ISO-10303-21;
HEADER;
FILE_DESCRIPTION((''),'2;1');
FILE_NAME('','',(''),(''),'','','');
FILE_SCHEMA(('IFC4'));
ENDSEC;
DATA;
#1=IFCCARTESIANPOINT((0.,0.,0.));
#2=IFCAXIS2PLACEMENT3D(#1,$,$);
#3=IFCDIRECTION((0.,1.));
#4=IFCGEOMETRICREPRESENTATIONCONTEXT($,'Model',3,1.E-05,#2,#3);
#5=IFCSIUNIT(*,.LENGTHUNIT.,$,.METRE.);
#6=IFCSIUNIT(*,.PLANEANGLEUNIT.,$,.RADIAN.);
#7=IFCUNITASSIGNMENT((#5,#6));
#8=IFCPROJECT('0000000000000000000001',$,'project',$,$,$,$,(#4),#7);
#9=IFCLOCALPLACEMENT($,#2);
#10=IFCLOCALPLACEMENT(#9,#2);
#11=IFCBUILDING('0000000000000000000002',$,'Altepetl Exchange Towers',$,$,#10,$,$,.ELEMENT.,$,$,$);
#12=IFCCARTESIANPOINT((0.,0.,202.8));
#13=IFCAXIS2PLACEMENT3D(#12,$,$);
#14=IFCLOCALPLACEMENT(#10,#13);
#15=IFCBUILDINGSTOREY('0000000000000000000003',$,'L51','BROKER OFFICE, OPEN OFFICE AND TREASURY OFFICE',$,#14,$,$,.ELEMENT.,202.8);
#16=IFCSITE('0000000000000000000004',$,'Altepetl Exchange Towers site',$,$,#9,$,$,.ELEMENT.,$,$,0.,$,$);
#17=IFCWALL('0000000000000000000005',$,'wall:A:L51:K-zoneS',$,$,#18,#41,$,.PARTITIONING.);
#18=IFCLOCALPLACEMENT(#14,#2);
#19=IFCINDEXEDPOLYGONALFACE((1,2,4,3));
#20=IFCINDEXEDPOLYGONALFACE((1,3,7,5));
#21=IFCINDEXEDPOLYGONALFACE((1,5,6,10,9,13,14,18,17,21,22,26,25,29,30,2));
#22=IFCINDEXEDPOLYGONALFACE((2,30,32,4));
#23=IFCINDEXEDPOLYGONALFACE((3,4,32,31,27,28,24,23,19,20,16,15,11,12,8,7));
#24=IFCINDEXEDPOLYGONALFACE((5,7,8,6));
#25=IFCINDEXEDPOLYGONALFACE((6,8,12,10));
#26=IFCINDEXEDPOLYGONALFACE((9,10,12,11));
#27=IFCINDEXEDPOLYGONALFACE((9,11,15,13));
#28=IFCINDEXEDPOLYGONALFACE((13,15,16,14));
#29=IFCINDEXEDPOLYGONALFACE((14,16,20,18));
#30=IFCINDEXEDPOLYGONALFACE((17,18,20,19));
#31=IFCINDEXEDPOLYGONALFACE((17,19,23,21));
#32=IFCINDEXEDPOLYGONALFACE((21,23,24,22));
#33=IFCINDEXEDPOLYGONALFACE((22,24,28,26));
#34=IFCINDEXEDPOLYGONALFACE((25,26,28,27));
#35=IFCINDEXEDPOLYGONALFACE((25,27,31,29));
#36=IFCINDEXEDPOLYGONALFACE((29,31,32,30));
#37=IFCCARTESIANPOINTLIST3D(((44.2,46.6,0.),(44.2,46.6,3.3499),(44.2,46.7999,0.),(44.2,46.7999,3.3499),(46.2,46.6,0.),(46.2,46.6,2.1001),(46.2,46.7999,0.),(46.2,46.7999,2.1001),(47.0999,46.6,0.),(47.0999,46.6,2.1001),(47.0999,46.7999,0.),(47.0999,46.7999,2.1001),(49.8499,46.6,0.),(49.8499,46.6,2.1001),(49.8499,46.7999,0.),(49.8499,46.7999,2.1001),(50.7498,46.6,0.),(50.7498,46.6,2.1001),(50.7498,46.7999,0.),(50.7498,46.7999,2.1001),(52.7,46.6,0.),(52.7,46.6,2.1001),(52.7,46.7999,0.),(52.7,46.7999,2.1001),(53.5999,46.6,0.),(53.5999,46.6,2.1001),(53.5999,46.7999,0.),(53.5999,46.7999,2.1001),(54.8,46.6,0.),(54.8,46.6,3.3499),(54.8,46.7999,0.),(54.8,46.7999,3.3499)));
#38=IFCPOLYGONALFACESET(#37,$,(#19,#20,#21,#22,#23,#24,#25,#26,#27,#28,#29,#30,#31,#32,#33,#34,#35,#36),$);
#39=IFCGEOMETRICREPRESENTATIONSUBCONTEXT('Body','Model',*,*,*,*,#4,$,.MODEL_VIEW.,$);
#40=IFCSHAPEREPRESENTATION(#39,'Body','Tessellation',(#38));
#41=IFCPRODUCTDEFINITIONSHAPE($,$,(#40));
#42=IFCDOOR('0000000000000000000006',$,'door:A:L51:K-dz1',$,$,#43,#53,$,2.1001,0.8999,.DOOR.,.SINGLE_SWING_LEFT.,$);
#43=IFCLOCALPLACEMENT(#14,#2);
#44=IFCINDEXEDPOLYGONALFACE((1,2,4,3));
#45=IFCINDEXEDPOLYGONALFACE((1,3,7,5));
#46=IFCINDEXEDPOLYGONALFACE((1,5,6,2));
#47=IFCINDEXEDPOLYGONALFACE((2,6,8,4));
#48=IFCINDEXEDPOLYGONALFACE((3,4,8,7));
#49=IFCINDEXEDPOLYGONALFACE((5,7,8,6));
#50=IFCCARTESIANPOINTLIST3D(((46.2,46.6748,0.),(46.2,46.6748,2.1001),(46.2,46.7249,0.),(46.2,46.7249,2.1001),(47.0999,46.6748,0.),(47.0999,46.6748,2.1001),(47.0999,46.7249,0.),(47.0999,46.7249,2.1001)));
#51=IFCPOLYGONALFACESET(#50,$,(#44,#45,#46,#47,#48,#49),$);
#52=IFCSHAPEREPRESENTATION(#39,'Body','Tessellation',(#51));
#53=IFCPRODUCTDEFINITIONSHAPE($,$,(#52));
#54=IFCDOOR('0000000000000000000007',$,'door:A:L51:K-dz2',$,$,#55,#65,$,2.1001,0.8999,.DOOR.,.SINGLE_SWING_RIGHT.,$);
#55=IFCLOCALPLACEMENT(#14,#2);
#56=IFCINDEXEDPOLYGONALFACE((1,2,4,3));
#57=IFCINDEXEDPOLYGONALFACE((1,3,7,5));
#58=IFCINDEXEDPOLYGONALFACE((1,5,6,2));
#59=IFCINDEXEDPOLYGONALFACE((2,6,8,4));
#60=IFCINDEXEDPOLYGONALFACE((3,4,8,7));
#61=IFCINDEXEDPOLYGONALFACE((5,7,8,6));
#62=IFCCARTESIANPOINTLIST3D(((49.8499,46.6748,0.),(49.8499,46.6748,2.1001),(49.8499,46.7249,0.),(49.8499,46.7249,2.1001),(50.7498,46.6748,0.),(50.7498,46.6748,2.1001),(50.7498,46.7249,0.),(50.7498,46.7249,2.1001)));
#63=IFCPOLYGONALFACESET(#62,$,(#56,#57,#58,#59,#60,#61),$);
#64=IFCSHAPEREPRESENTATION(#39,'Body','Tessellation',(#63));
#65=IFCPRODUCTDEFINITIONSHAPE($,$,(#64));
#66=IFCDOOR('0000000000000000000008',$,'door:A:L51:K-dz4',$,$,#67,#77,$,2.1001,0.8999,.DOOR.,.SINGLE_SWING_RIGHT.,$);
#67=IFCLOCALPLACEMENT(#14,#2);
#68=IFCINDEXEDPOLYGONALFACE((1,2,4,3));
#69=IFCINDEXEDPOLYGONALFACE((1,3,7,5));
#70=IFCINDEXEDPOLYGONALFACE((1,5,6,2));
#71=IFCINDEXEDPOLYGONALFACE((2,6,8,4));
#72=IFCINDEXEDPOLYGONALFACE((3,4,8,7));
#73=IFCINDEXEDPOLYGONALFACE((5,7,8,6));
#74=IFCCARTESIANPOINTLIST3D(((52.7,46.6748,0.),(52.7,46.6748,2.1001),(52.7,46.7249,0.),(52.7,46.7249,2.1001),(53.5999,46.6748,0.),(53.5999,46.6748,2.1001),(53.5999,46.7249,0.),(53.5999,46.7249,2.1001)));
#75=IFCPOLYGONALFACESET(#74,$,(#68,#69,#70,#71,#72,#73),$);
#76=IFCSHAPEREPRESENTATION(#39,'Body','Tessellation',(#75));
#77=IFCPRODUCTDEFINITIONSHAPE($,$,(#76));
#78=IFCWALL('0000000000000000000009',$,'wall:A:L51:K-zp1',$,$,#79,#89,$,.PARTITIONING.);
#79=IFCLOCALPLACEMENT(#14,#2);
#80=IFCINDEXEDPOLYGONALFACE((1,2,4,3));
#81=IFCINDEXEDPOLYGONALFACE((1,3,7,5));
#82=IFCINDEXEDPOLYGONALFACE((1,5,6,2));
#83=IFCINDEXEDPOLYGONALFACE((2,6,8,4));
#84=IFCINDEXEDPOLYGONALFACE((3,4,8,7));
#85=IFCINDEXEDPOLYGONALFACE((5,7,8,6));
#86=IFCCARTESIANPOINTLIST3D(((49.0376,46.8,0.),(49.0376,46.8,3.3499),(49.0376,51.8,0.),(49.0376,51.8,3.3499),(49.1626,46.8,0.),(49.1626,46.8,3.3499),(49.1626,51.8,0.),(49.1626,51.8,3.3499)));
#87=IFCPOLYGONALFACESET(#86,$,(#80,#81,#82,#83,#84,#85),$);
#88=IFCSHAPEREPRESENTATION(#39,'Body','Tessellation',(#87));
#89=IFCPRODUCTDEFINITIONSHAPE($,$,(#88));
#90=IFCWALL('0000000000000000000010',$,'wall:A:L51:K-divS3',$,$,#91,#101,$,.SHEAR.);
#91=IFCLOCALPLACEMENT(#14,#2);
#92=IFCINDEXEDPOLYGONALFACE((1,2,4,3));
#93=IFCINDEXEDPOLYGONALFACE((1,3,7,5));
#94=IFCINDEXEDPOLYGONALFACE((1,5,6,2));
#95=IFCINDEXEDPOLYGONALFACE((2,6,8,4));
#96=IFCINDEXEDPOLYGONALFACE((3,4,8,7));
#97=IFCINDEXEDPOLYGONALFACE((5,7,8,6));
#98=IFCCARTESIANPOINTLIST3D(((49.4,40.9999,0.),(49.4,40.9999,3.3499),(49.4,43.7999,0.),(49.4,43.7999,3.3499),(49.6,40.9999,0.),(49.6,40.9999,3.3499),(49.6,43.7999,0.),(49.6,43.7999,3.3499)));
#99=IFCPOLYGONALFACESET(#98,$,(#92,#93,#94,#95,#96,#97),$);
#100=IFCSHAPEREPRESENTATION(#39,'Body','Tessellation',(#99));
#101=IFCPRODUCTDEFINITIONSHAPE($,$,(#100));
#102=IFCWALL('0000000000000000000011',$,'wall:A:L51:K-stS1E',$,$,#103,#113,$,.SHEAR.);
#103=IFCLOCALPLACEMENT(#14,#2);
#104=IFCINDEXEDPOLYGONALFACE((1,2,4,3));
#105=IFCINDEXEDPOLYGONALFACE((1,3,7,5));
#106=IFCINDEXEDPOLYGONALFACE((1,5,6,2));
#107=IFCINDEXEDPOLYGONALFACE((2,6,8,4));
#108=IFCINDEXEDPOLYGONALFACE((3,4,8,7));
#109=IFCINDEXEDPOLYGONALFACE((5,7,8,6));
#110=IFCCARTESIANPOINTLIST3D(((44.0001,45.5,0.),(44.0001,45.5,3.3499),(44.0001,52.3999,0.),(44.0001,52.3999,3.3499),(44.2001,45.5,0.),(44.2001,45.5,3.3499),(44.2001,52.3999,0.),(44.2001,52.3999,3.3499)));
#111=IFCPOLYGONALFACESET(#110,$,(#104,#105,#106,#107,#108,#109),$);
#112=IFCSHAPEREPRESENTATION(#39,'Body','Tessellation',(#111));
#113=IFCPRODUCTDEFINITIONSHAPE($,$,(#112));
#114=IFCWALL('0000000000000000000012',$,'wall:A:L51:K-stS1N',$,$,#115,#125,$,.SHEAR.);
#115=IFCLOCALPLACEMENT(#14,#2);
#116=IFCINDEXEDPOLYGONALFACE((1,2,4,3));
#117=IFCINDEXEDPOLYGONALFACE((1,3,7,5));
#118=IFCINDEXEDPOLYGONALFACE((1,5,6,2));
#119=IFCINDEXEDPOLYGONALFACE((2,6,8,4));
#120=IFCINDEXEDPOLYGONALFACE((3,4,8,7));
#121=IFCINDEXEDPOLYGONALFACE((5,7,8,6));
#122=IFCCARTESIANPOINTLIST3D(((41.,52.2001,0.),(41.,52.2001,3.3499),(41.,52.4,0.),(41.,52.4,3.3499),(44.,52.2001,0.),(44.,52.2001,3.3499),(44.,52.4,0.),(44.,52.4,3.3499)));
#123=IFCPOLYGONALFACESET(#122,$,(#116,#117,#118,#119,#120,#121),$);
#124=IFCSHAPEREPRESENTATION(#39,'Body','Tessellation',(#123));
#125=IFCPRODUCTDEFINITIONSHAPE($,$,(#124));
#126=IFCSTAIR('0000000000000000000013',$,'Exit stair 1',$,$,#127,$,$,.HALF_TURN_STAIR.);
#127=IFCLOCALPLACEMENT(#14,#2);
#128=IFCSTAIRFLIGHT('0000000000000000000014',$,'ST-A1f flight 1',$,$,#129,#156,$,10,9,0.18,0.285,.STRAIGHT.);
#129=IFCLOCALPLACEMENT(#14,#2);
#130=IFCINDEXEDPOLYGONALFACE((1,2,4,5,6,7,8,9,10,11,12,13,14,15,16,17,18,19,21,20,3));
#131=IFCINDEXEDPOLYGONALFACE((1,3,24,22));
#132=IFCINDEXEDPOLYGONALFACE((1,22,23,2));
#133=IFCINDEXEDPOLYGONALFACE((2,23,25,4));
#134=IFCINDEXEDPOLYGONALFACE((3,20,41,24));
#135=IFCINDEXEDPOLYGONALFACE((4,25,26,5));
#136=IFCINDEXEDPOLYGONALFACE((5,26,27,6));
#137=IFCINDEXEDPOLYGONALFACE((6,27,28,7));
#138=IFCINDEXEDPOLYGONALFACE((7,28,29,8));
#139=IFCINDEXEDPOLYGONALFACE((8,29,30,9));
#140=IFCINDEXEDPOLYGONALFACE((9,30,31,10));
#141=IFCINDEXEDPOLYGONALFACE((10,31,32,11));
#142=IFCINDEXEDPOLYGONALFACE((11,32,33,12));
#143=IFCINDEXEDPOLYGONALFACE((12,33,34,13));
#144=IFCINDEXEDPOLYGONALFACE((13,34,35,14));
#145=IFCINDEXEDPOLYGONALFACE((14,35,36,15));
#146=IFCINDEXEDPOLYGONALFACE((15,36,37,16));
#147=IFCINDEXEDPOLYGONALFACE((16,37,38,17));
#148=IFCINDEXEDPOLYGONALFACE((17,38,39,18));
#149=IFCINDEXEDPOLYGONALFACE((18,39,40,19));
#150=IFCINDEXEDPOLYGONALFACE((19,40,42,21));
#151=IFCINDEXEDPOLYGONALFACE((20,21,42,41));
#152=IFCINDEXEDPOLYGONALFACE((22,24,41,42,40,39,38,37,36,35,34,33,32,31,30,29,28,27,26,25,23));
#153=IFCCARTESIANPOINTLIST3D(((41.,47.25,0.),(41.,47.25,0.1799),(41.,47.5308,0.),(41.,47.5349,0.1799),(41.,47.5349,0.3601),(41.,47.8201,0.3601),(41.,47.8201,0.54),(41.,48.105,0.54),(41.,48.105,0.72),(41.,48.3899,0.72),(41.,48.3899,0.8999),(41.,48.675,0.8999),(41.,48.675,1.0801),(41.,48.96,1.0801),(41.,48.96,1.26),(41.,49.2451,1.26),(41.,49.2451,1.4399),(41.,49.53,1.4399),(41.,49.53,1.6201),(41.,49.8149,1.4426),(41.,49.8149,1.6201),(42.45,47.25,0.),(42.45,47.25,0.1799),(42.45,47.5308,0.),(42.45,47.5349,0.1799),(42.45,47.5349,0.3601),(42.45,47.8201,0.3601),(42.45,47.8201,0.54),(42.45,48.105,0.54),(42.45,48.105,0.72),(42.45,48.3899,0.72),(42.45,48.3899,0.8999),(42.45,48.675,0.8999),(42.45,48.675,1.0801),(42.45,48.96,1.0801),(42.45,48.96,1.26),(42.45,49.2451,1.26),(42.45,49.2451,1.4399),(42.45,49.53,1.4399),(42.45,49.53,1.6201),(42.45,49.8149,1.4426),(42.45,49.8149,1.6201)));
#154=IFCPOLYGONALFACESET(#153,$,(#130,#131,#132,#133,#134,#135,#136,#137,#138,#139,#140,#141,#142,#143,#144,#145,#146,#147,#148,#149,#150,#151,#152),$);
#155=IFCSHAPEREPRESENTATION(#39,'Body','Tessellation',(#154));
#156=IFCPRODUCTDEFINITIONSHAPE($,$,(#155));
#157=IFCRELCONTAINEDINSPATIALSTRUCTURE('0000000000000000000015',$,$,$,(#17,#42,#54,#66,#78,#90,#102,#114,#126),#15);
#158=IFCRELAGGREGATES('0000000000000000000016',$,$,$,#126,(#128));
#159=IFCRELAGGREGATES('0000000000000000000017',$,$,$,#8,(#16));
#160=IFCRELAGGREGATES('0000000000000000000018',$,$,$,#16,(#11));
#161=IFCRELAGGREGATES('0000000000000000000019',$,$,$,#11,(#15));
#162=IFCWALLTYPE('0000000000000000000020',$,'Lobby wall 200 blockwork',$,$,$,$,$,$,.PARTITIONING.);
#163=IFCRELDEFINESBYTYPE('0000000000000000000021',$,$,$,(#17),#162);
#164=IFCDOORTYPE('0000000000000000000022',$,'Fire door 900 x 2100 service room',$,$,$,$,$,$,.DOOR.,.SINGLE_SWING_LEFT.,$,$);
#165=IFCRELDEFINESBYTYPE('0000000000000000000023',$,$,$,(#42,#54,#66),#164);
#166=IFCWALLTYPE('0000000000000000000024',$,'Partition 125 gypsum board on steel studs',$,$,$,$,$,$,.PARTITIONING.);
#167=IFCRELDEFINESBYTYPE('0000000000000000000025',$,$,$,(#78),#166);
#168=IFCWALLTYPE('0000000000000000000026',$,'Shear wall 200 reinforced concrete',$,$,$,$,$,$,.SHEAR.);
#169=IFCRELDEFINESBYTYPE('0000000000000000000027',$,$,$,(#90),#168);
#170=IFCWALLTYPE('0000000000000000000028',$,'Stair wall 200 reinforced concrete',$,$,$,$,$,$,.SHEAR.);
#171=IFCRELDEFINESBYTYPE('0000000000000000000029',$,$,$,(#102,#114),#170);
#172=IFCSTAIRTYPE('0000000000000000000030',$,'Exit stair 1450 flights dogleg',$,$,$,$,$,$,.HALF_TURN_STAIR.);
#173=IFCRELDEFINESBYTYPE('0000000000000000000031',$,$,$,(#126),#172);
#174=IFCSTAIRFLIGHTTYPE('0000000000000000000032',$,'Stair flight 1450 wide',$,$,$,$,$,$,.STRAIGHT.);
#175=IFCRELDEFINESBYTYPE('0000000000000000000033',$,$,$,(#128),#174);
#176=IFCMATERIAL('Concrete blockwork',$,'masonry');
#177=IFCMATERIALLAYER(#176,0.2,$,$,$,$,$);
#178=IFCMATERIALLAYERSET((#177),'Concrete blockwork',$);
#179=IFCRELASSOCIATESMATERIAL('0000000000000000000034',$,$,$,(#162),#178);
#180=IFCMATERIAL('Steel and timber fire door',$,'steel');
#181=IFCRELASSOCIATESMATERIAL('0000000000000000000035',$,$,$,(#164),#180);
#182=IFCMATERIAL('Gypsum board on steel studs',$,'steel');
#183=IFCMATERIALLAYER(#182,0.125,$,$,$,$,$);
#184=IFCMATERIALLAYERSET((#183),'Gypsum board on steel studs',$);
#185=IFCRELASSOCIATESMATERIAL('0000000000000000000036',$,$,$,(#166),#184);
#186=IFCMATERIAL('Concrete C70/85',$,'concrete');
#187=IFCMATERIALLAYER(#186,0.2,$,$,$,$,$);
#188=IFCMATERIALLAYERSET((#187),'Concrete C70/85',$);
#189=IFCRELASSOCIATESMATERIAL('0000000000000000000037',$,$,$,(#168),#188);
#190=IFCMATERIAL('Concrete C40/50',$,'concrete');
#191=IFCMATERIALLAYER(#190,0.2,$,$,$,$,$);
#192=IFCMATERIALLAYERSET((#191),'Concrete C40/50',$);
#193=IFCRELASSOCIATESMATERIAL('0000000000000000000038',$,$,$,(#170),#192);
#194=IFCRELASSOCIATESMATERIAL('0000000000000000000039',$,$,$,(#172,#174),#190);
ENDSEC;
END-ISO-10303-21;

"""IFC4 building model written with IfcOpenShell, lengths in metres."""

from ifc_helpers import new_model, si_unit, direction, frame, frame_2d, origin, place, context, subcontext, project, spatial, polyline, rectangle, outline, extrude, material, layer, layer_set, type_object, element, fill, aggregate, save


model = new_model("IFC4")

# Units and contexts
model_context = context("Model", 3, precision=1e-05, world=origin(), true_north=direction((0.0, 1.0)))
body_context = subcontext(model_context, "Body", "Model", "MODEL_VIEW")
ifc_project = project(units=[si_unit("LENGTHUNIT", "METRE"), si_unit("PLANEANGLEUNIT", "RADIAN")], contexts=[model_context])

# Site, building, storey
site_placement = place(None, origin())
site = spatial("IfcSite", under=ifc_project, at=site_placement, Name="Altepetl Exchange Towers site", CompositionType="ELEMENT", RefElevation=0.0)
building_placement = place(site_placement, origin())
building = spatial("IfcBuilding", under=site, at=building_placement, Name="Altepetl Exchange Towers", CompositionType="ELEMENT")
storey_placement = place(building_placement, frame((0.0, 0.0, 202.8)))
storey = spatial("IfcBuildingStorey", under=building, at=storey_placement, Name="L51", Description="BROKER OFFICE, OPEN OFFICE AND TREASURY OFFICE", CompositionType="ELEMENT", Elevation=202.8)

# Shared definitions
ifc_material_1 = material(Name="Concrete blockwork", Category="masonry")
ifc_layer_1 = layer(ifc_material_1, 0.2)
ifc_layer_set_1 = layer_set([ifc_layer_1], Name="Concrete blockwork")
wall_type_1 = type_object("IfcWallType", Name="Lobby wall 200 blockwork", PredefinedType="PARTITIONING", material=ifc_layer_set_1)

# Shared definitions
ifc_material_2 = material(Name="Steel and timber fire door", Category="steel")
door_type_1 = type_object("IfcDoorType", Name="Fire door 900 x 2100 service room", OperationType="SINGLE_SWING_LEFT", PredefinedType="DOOR", material=ifc_material_2)

# Wall, openings, doors
wall_1_placement = place(storey_placement, frame((44.2, 46.7, 0.0)))
wall_1 = element("IfcWall", 1, at=wall_1_placement, inside=storey, type_object=wall_type_1, Name="wall:A:L51:K-zoneS", PredefinedType="PARTITIONING", context=body_context, shape_type="SweptSolid", body=[
    extrude(rectangle(XDim=10.6001, YDim=0.2, at=frame_2d((5.3, 0.0))), origin(), (0.0, 0.0, 1.0), 3.3499),
])
opening_1_placement = place(wall_1_placement, frame((2.0, 0.0, 0.0)))
opening_1 = element("IfcOpeningElement", 2, at=opening_1_placement, cuts=wall_1, PredefinedType="OPENING", context=body_context, shape_type="SweptSolid", body=[
    extrude(rectangle(XDim=0.8999, YDim=2.1001, at=frame_2d((0.45, 1.05))), frame((0.0, 0.1099, 0.0), z_axis=(0.0, -1.0, 0.0), x_axis=(1.0, 0.0, 0.0)), (0.0, 0.0, 1.0), 0.22),
])
opening_2_placement = place(wall_1_placement, frame((5.6499, 0.0, 0.0)))
opening_2 = element("IfcOpeningElement", 3, at=opening_2_placement, cuts=wall_1, PredefinedType="OPENING", context=body_context, shape_type="SweptSolid", body=[
    extrude(rectangle(XDim=0.8999, YDim=2.1001, at=frame_2d((0.45, 1.05))), frame((0.0, 0.1099, 0.0), z_axis=(0.0, -1.0, 0.0), x_axis=(1.0, 0.0, 0.0)), (0.0, 0.0, 1.0), 0.22),
])
opening_3_placement = place(wall_1_placement, frame((8.5, 0.0, 0.0)))
opening_3 = element("IfcOpeningElement", 4, at=opening_3_placement, cuts=wall_1, PredefinedType="OPENING", context=body_context, shape_type="SweptSolid", body=[
    extrude(rectangle(XDim=0.8999, YDim=2.1001, at=frame_2d((0.45, 1.05))), frame((0.0, 0.1099, 0.0), z_axis=(0.0, -1.0, 0.0), x_axis=(1.0, 0.0, 0.0)), (0.0, 0.0, 1.0), 0.22),
])
door_1_placement = place(opening_1_placement, origin())
door_1 = element("IfcDoor", 5, at=door_1_placement, inside=storey, type_object=door_type_1, Name="door:A:L51:K-dz1", OperationType="SINGLE_SWING_LEFT", OverallHeight=2.1001, OverallWidth=0.8999, PredefinedType="DOOR", context=body_context, shape_type="SweptSolid", body=[
    extrude(rectangle(XDim=0.8999, YDim=2.1001, at=frame_2d((0.45, 1.05))), frame((0.0, 0.0249, 0.0), z_axis=(0.0, -1.0, 0.0), x_axis=(1.0, 0.0, 0.0)), (0.0, 0.0, 1.0), 0.05),
])
fill(opening_1, door_1)
door_2_placement = place(opening_2_placement, origin())
door_2 = element("IfcDoor", 6, at=door_2_placement, inside=storey, type_object=door_type_1, Name="door:A:L51:K-dz2", OperationType="SINGLE_SWING_RIGHT", OverallHeight=2.1001, OverallWidth=0.8999, PredefinedType="DOOR", context=body_context, shape_type="SweptSolid", body=[
    extrude(rectangle(XDim=0.8999, YDim=2.1001, at=frame_2d((0.45, 1.05))), frame((0.0, 0.0249, 0.0), z_axis=(0.0, -1.0, 0.0), x_axis=(1.0, 0.0, 0.0)), (0.0, 0.0, 1.0), 0.05),
])
fill(opening_2, door_2)
door_3_placement = place(opening_3_placement, origin())
door_3 = element("IfcDoor", 7, at=door_3_placement, inside=storey, type_object=door_type_1, Name="door:A:L51:K-dz4", OperationType="SINGLE_SWING_RIGHT", OverallHeight=2.1001, OverallWidth=0.8999, PredefinedType="DOOR", context=body_context, shape_type="SweptSolid", body=[
    extrude(rectangle(XDim=0.8999, YDim=2.1001, at=frame_2d((0.45, 1.05))), frame((0.0, 0.0249, 0.0), z_axis=(0.0, -1.0, 0.0), x_axis=(1.0, 0.0, 0.0)), (0.0, 0.0, 1.0), 0.05),
])
fill(opening_3, door_3)

# Walls
ifc_material_3 = material(Name="Gypsum board on steel studs", Category="steel")
ifc_layer_2 = layer(ifc_material_3, 0.125)
ifc_layer_set_2 = layer_set([ifc_layer_2], Name="Gypsum board on steel studs")
wall_type_2 = type_object("IfcWallType", Name="Partition 125 gypsum board on steel studs", PredefinedType="PARTITIONING", material=ifc_layer_set_2)
wall_2_placement = place(storey_placement, frame((49.1001, 46.8, 0.0), z_axis=(0.0, 0.0, 1.0), x_axis=(0.0, 1.0, 0.0)))
element("IfcWall", 8, at=wall_2_placement, inside=storey, type_object=wall_type_2, Name="wall:A:L51:K-zp1", PredefinedType="PARTITIONING", context=body_context, shape_type="SweptSolid", body=[
    extrude(rectangle(XDim=5.0, YDim=0.125, at=frame_2d((2.5, 0.0))), origin(), (0.0, 0.0, 1.0), 3.3499),
])
ifc_material_4 = material(Name="Concrete C70/85", Category="concrete")
ifc_layer_3 = layer(ifc_material_4, 0.2)
ifc_layer_set_3 = layer_set([ifc_layer_3], Name="Concrete C70/85")
wall_type_3 = type_object("IfcWallType", Name="Shear wall 200 reinforced concrete", PredefinedType="SHEAR", material=ifc_layer_set_3)
wall_3_placement = place(storey_placement, frame((49.5, 41.0, 0.0), z_axis=(0.0, 0.0, 1.0), x_axis=(0.0, 1.0, 0.0)))
element("IfcWall", 9, at=wall_3_placement, inside=storey, type_object=wall_type_3, Name="wall:A:L51:K-divS3", PredefinedType="SHEAR", context=body_context, shape_type="SweptSolid", body=[
    extrude(rectangle(XDim=2.8, YDim=0.2, at=frame_2d((1.3999, 0.0))), origin(), (0.0, 0.0, 1.0), 3.3499),
])
ifc_material_5 = material(Name="Concrete C40/50", Category="concrete")
ifc_layer_4 = layer(ifc_material_5, 0.2)
ifc_layer_set_4 = layer_set([ifc_layer_4], Name="Concrete C40/50")
wall_type_4 = type_object("IfcWallType", Name="Stair wall 200 reinforced concrete", PredefinedType="SHEAR", material=ifc_layer_set_4)
wall_4_placement = place(storey_placement, frame((44.1001, 45.5, 0.0), z_axis=(0.0, 0.0, 1.0), x_axis=(0.0, 1.0, 0.0)))
element("IfcWall", 10, at=wall_4_placement, inside=storey, type_object=wall_type_4, Name="wall:A:L51:K-stS1E", PredefinedType="SHEAR", context=body_context, shape_type="SweptSolid", body=[
    extrude(rectangle(XDim=6.8999, YDim=0.2, at=frame_2d((3.45, 0.0))), origin(), (0.0, 0.0, 1.0), 3.3499),
])
wall_5_placement = place(storey_placement, frame((41.0, 52.3, 0.0)))
element("IfcWall", 11, at=wall_5_placement, inside=storey, type_object=wall_type_4, Name="wall:A:L51:K-stS1N", PredefinedType="SHEAR", context=body_context, shape_type="SweptSolid", body=[
    extrude(rectangle(XDim=3.0, YDim=0.2, at=frame_2d((1.5, 0.0))), origin(), (0.0, 0.0, 1.0), 3.3499),
])

# Stair, stair flight
stair_type = type_object("IfcStairType", Name="Exit stair 1450 flights dogleg", PredefinedType="HALF_TURN_STAIR", material=ifc_material_5)
stair_placement = place(storey_placement, origin())
stair = element("IfcStair", 12, at=stair_placement, inside=storey, type_object=stair_type, Name="Exit stair 1", PredefinedType="HALF_TURN_STAIR")
stair_flight_type = type_object("IfcStairFlightType", Name="Stair flight 1450 wide", PredefinedType="STRAIGHT", material=ifc_material_5)
stair_flight_1_placement = place(storey_placement, frame((41.7251, 47.25, 0.0), z_axis=(0.0, 0.0, 1.0), x_axis=(0.0, 1.0, 0.0)))
stair_flight_1 = element("IfcStairFlight", 13, at=stair_flight_1_placement, type_object=stair_flight_type, Name="ST-A1f flight 1", NumberOfRisers=10, NumberOfTreads=9, PredefinedType="STRAIGHT", RiserHeight=0.18, TreadLength=0.285, context=body_context, shape_type="SweptSolid", body=[
    extrude(outline(polyline([(0.0, 0.0), (0.0, 0.1799), (0.2849, 0.1799), (0.2849, 0.3601), (0.5701, 0.3601), (0.5701, 0.54), (0.855, 0.54), (0.855, 0.72), (1.1399, 0.72), (1.1399, 0.8999), (1.425, 0.8999), (1.425, 1.0801), (1.71, 1.0801), (1.71, 1.26), (1.9951, 1.26), (1.9951, 1.4399), (2.28, 1.4399), (2.28, 1.6201), (2.5649, 1.6201), (2.5649, 1.8), (2.5649, 1.4426), (0.2808, 0.0), (0.0, 0.0)])), frame((0.0, 0.7251, 0.0), z_axis=(0.0, -1.0, 0.0), x_axis=(1.0, 0.0, 0.0)), (0.0, 0.0, 1.0), 1.45),
])
aggregate(stair, [stair_flight_1])

save(model, "model.ifc")
